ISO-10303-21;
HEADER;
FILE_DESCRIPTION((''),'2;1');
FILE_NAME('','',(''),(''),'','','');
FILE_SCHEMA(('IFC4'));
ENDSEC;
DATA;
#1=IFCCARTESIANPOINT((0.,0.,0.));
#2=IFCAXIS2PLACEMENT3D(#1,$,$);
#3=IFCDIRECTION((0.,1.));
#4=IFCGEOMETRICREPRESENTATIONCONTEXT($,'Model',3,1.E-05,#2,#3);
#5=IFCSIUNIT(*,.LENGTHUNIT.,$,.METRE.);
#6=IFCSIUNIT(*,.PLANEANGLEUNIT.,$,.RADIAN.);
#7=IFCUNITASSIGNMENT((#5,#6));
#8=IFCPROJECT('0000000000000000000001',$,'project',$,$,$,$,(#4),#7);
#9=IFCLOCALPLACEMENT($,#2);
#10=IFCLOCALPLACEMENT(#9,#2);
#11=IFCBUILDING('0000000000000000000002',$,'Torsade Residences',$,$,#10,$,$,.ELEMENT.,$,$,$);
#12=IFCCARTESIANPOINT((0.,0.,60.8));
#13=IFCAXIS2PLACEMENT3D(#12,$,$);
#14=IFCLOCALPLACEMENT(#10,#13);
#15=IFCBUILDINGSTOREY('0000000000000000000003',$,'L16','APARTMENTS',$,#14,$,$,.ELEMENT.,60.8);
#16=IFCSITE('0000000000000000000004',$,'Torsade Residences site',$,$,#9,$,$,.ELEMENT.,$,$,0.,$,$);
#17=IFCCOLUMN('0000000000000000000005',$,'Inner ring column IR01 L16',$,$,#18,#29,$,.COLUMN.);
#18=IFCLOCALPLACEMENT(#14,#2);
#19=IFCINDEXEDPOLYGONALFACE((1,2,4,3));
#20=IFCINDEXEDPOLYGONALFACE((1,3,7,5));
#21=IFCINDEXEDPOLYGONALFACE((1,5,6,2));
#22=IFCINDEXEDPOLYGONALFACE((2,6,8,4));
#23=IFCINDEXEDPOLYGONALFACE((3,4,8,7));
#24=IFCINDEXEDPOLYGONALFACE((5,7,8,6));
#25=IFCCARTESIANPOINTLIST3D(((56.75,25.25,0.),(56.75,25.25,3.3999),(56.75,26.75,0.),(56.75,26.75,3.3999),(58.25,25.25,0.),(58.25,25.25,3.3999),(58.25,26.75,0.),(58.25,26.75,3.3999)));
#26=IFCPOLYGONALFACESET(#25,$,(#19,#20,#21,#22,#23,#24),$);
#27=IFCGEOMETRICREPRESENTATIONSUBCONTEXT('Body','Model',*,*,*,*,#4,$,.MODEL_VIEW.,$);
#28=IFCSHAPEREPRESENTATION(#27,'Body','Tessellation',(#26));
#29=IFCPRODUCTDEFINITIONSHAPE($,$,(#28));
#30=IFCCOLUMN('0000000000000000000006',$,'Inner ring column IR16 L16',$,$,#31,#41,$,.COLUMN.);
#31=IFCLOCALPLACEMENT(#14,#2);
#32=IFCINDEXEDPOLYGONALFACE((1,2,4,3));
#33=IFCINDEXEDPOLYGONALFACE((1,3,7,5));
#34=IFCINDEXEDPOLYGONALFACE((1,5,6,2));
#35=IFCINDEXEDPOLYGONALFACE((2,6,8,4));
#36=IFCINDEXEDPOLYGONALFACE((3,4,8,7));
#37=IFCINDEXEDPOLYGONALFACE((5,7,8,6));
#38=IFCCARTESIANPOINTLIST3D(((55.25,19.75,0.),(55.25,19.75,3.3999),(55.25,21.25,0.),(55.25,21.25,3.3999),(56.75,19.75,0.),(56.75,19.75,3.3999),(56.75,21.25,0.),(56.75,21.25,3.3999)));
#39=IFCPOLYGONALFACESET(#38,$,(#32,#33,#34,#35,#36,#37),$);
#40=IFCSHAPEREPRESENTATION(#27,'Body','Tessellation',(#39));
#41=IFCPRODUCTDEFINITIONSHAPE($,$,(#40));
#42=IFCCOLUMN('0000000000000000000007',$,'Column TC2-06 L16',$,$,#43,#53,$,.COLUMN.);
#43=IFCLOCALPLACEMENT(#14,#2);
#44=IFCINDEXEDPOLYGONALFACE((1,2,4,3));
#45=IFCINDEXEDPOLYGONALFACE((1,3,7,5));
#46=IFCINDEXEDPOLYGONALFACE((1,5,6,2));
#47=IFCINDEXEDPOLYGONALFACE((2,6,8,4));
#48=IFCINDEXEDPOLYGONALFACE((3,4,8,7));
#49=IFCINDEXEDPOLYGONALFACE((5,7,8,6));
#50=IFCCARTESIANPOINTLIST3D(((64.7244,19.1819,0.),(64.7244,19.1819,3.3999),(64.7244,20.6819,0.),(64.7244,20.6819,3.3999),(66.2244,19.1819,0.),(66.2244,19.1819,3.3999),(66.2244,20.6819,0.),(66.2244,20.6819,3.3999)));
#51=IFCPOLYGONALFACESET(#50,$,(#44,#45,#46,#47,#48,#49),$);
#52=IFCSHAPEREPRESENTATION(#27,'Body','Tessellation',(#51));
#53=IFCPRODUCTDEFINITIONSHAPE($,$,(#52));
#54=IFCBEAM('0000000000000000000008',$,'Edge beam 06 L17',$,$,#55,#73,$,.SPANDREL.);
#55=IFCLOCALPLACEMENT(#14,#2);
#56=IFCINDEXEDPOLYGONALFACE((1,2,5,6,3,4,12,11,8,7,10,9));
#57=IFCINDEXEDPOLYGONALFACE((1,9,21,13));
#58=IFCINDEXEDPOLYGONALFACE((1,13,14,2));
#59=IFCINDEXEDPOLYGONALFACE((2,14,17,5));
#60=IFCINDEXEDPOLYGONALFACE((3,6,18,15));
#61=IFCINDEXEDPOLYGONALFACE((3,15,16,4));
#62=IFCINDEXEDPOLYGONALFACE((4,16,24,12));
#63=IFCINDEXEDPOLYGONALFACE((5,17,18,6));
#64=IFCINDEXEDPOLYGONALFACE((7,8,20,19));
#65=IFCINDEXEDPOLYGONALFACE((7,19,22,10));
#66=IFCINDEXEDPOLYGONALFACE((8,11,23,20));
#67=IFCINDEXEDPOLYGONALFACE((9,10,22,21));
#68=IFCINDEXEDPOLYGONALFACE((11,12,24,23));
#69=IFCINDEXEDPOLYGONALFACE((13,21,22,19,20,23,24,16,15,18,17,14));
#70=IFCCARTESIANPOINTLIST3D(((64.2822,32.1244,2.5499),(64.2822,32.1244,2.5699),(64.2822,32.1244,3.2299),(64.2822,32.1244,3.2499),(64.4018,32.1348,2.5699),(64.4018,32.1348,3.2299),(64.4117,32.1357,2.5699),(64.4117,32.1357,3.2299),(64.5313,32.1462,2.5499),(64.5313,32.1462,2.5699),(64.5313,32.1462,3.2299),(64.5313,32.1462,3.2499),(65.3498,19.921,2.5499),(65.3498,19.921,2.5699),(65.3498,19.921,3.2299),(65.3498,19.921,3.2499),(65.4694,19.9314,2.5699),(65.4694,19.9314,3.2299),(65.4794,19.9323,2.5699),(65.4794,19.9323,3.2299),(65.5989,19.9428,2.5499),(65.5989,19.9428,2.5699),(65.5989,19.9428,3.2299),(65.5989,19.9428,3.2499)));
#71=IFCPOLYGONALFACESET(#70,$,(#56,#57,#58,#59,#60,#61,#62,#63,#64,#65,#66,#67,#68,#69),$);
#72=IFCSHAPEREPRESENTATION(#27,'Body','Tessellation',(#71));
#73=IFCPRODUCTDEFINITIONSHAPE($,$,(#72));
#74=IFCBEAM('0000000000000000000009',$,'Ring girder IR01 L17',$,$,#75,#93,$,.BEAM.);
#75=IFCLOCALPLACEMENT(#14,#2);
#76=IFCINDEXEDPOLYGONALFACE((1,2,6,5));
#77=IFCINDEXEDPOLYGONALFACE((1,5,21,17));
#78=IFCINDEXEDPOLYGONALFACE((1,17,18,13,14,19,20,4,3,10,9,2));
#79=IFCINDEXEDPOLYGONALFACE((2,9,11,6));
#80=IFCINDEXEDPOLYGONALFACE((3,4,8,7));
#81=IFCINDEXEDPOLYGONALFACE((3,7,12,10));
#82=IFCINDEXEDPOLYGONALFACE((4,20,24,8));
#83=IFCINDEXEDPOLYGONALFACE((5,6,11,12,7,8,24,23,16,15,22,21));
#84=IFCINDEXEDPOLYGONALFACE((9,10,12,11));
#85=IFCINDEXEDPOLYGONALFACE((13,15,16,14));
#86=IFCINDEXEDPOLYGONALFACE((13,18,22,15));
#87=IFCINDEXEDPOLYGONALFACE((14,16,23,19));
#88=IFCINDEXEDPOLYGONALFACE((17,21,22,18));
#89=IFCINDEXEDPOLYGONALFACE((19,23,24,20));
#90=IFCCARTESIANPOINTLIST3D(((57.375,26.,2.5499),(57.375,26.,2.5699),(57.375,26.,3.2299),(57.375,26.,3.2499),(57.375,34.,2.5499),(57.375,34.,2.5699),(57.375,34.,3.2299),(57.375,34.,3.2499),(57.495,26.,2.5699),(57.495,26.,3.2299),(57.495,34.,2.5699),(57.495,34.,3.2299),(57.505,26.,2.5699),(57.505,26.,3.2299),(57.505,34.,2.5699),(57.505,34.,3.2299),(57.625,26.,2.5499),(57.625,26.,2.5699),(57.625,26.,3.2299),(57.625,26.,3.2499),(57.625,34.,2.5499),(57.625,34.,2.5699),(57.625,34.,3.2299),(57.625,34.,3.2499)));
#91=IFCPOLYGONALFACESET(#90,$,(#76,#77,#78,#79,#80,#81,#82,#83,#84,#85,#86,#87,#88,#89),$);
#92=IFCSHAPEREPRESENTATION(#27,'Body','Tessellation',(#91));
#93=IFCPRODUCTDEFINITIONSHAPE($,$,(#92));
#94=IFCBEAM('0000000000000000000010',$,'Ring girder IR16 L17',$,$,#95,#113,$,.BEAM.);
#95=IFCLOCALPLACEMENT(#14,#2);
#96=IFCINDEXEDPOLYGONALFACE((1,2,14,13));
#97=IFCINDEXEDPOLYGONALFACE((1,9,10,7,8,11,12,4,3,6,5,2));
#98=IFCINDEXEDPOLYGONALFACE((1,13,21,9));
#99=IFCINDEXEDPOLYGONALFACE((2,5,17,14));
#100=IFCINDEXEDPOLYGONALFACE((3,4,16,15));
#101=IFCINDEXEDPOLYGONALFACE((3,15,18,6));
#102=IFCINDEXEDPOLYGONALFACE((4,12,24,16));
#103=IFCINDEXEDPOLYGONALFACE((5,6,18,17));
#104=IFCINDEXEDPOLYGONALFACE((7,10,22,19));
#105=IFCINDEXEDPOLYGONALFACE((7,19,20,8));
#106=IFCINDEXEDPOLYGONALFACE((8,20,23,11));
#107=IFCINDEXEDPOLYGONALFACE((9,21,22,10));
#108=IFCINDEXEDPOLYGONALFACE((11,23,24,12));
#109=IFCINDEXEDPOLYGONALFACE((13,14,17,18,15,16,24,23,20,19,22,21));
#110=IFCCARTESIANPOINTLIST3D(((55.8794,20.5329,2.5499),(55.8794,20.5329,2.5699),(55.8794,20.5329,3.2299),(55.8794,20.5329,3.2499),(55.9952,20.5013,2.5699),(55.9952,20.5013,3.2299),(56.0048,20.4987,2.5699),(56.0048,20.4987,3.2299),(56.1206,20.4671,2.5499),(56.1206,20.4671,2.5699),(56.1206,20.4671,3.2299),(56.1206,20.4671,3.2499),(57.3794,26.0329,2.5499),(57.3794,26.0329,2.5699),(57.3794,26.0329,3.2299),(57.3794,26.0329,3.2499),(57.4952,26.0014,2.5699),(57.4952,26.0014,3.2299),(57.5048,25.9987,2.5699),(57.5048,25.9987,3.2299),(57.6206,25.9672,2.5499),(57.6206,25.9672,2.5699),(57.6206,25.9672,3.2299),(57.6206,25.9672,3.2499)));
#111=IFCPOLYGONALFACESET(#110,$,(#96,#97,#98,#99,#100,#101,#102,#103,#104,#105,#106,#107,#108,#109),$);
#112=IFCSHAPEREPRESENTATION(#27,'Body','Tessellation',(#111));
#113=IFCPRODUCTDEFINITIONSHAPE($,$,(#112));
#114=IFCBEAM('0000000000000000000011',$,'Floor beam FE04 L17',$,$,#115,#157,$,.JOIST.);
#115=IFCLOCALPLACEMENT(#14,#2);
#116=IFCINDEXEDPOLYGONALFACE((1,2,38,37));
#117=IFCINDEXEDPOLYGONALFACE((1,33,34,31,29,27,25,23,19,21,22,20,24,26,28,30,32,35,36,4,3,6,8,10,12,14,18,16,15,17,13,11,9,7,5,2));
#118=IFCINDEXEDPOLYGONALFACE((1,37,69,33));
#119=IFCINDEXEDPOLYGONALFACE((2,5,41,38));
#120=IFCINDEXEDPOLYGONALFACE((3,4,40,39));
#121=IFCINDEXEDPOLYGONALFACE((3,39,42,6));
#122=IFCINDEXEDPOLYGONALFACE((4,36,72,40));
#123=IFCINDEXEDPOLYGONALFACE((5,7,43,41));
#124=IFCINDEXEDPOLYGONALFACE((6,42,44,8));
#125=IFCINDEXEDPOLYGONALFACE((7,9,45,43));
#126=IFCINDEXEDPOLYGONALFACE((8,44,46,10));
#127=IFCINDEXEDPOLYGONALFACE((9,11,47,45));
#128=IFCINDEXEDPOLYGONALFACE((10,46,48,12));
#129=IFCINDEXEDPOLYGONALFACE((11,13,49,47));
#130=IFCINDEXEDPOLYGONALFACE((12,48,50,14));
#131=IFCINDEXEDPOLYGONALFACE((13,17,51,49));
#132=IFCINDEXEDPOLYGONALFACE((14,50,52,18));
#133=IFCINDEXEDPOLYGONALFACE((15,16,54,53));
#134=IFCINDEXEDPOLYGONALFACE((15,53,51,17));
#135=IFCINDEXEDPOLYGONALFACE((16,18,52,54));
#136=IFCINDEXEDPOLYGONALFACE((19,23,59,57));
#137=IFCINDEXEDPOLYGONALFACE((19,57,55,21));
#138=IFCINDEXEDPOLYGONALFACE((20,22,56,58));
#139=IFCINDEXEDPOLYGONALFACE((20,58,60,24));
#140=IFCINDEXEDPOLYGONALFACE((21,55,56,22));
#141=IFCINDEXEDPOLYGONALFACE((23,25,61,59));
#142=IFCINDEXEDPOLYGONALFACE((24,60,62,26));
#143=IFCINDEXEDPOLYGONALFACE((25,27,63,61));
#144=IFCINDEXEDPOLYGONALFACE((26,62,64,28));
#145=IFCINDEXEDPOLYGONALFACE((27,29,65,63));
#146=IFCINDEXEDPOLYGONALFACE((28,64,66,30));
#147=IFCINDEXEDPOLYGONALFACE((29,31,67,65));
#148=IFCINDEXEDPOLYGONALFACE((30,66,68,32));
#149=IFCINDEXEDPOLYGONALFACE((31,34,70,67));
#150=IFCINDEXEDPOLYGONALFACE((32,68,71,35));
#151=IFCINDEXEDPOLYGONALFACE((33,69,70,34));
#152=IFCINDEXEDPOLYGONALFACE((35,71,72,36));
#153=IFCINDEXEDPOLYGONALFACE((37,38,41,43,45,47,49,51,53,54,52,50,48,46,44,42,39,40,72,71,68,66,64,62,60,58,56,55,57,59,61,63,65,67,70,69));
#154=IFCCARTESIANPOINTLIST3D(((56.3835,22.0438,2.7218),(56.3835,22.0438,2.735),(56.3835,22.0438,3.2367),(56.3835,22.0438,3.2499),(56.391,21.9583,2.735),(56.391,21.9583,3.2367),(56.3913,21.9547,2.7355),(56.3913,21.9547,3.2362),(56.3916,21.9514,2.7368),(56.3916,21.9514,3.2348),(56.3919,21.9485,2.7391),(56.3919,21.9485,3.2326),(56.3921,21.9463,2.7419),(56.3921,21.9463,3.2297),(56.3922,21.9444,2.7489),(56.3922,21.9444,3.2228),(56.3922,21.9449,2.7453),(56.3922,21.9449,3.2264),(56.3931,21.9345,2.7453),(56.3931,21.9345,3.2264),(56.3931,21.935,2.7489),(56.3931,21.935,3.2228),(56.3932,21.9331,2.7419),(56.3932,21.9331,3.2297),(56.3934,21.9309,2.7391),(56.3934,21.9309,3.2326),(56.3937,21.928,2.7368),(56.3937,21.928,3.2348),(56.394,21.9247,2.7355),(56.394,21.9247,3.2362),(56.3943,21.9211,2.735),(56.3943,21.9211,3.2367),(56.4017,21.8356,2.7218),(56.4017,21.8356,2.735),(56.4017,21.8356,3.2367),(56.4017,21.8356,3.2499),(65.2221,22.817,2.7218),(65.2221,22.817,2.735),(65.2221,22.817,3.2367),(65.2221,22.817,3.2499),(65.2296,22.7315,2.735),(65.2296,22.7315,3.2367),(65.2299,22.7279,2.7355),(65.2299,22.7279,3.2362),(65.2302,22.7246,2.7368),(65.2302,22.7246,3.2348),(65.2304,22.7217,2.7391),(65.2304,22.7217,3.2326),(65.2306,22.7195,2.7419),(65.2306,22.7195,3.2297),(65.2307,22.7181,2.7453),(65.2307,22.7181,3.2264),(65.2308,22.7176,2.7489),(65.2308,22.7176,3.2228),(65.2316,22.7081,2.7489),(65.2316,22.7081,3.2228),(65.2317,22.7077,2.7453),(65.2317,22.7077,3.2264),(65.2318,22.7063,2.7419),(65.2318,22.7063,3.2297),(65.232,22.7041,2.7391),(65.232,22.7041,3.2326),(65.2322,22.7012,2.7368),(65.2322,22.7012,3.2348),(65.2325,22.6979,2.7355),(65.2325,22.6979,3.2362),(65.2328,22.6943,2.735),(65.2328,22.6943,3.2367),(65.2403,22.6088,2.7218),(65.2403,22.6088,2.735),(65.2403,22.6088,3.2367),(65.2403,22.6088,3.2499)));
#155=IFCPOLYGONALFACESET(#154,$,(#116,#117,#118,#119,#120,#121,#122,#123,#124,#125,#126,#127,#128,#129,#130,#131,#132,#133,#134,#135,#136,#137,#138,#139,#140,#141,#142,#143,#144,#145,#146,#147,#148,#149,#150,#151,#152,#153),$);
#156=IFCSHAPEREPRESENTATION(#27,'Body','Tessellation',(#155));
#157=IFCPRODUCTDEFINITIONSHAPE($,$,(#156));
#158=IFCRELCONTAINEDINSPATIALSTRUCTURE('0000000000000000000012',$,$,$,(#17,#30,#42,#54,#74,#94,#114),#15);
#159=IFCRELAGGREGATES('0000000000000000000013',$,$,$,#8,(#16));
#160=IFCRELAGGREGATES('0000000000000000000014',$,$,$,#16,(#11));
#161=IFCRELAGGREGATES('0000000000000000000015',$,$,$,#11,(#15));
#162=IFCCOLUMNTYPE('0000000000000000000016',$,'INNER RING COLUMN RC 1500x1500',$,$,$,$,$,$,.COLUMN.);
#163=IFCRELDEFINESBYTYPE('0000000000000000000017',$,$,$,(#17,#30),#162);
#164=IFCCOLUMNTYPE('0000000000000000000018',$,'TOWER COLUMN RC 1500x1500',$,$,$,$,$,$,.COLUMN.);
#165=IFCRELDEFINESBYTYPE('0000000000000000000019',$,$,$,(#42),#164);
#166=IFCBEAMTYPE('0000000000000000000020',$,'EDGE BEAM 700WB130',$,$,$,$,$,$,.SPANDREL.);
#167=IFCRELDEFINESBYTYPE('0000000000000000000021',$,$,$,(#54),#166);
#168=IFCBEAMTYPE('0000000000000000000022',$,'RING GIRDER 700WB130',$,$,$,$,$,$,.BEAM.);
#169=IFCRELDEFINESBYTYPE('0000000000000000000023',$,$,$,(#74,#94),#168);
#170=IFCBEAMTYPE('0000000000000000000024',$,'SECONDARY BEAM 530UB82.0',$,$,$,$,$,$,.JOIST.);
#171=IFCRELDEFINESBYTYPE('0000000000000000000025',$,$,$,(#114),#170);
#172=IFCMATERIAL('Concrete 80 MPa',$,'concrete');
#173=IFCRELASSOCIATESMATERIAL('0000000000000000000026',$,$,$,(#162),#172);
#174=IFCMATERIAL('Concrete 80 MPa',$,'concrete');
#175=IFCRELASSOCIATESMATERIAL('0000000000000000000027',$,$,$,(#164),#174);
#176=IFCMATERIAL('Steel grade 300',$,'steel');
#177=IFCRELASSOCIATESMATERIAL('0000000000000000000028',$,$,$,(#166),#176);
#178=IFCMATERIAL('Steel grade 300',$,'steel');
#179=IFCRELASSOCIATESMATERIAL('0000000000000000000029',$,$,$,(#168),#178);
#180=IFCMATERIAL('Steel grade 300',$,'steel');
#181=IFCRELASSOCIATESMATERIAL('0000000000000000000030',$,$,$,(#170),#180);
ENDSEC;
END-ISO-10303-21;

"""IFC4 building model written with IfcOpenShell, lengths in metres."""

from ifc_helpers import new_model, si_unit, direction, frame, origin, origin_2d, place, context, subcontext, project, spatial, rectangle, i_section, extrude, material, material_profile, profile_set, type_object, element, save


model = new_model("IFC4")

# Units and contexts
model_context = context("Model", 3, precision=1e-05, world=origin(), true_north=direction((0.0, 1.0)))
body_context = subcontext(model_context, "Body", "Model", "MODEL_VIEW")
ifc_project = project(units=[si_unit("LENGTHUNIT", "METRE"), si_unit("PLANEANGLEUNIT", "RADIAN")], contexts=[model_context])

# Site, building, storey
site_placement = place(None, origin())
site = spatial("IfcSite", under=ifc_project, at=site_placement, Name="Torsade Residences site", CompositionType="ELEMENT", RefElevation=0.0)
building_placement = place(site_placement, origin())
building = spatial("IfcBuilding", under=site, at=building_placement, Name="Torsade Residences", CompositionType="ELEMENT")
storey_placement = place(building_placement, frame((0.0, 0.0, 60.8)))
storey = spatial("IfcBuildingStorey", under=building, at=storey_placement, Name="L16", Description="APARTMENTS", CompositionType="ELEMENT", Elevation=60.8)

# Columns
ifc_material_1 = material(Name="Concrete 80 MPa", Category="concrete")
ifc_material_profile_1 = material_profile(ifc_material_1, rectangle(XDim=1.5, YDim=1.5, at=origin_2d()), Name="RC 1500x1500")
ifc_profile_set_1 = profile_set([ifc_material_profile_1], Name="Concrete 80 MPa")
column_type_1 = type_object("IfcColumnType", Name="INNER RING COLUMN RC 1500x1500", PredefinedType="COLUMN", material=ifc_profile_set_1)
for number, where, z_axis, x_axis, name in (
    (1, (57.5, 26.0, 0.0), (0.0, 0.0, 1.0), (1.0, 0.0, 0.0), "Inner ring column IR01 L16"),
    (2, (56.0, 20.5, 0.0), (0.0, 0.0, 1.0), (1.0, 0.0, 0.0), "Inner ring column IR16 L16"),
):
    element("IfcColumn", number, at=place(storey_placement, frame(where, z_axis=z_axis, x_axis=x_axis)), inside=storey, type_object=column_type_1, Name=name, PredefinedType="COLUMN", context=body_context, shape_type="SweptSolid", body=[
        extrude(rectangle(XDim=1.5, YDim=1.5, at=origin_2d()), origin(), (0.0, 0.0, 1.0), 3.3999),
    ])
ifc_material_2 = material(Name="Concrete 80 MPa", Category="concrete")
ifc_material_profile_2 = material_profile(ifc_material_2, rectangle(XDim=1.5, YDim=1.5, at=origin_2d()), Name="RC 1500x1500")
ifc_profile_set_2 = profile_set([ifc_material_profile_2], Name="Concrete 80 MPa")
column_type_2 = type_object("IfcColumnType", Name="TOWER COLUMN RC 1500x1500", PredefinedType="COLUMN", material=ifc_profile_set_2)
column_placement = place(storey_placement, frame((65.4744, 19.9319, 0.0), z_axis=(0.0, 0.0, 1.0), x_axis=(1.0, 0.0, 0.0)))
element("IfcColumn", 3, at=column_placement, inside=storey, type_object=column_type_2, Name="Column TC2-06 L16", PredefinedType="COLUMN", context=body_context, shape_type="SweptSolid", body=[
    extrude(rectangle(XDim=1.5, YDim=1.5, at=origin_2d()), origin(), (0.0, 0.0, 1.0), 3.3999),
])

# Beams
ifc_material_3 = material(Name="Steel grade 300", Category="steel")
ifc_material_profile_3 = material_profile(ifc_material_3, i_section(OverallWidth=0.25, OverallDepth=0.7, WebThickness=0.01, FlangeThickness=0.02, at=origin_2d()), Name="700WB130")
ifc_profile_set_3 = profile_set([ifc_material_profile_3], Name="Steel grade 300")
beam_type_1 = type_object("IfcBeamType", Name="EDGE BEAM 700WB130", PredefinedType="SPANDREL", material=ifc_profile_set_3)
beam_1_placement = place(storey_placement, frame((65.4744, 19.9319, 2.8999), z_axis=(-0.087153, 0.996195, 0.0), x_axis=(-0.996195, -0.087153, 0.0)))
element("IfcBeam", 4, at=beam_1_placement, inside=storey, type_object=beam_type_1, Name="Edge beam 06 L17", PredefinedType="SPANDREL", context=body_context, shape_type="SweptSolid", body=[
    extrude(i_section(OverallWidth=0.25, OverallDepth=0.7, WebThickness=0.01, FlangeThickness=0.02, at=origin_2d()), origin(), (0.0, 0.0, 1.0), 12.25),
])
ifc_material_4 = material(Name="Steel grade 300", Category="steel")
ifc_material_profile_4 = material_profile(ifc_material_4, i_section(OverallWidth=0.25, OverallDepth=0.7, WebThickness=0.01, FlangeThickness=0.02, at=origin_2d()), Name="700WB130")
ifc_profile_set_4 = profile_set([ifc_material_profile_4], Name="Steel grade 300")
beam_type_2 = type_object("IfcBeamType", Name="RING GIRDER 700WB130", PredefinedType="BEAM", material=ifc_profile_set_4)
beam_2_placement = place(storey_placement, frame((57.5, 26.0, 2.8999), z_axis=(0.0, 1.0, 0.0), x_axis=(-1.0, 0.0, 0.0)))
element("IfcBeam", 5, at=beam_2_placement, inside=storey, type_object=beam_type_2, Name="Ring girder IR01 L17", PredefinedType="BEAM", context=body_context, shape_type="SweptSolid", body=[
    extrude(i_section(OverallWidth=0.25, OverallDepth=0.7, WebThickness=0.01, FlangeThickness=0.02, at=origin_2d()), origin(), (0.0, 0.0, 1.0), 8.0),
])
beam_3_placement = place(storey_placement, frame((56.0, 20.5, 2.8999), z_axis=(0.263117, 0.964764, 0.0), x_axis=(-0.964764, 0.263117, 0.0)))
element("IfcBeam", 6, at=beam_3_placement, inside=storey, type_object=beam_type_2, Name="Ring girder IR16 L17", PredefinedType="BEAM", context=body_context, shape_type="SweptSolid", body=[
    extrude(i_section(OverallWidth=0.25, OverallDepth=0.7, WebThickness=0.01, FlangeThickness=0.02, at=origin_2d()), origin(), (0.0, 0.0, 1.0), 5.7009),
])
ifc_material_5 = material(Name="Steel grade 300", Category="steel")
ifc_material_profile_5 = material_profile(ifc_material_5, i_section(OverallWidth=0.209, OverallDepth=0.5281, WebThickness=0.0095, FlangeThickness=0.0132, FilletRadius=0.0139, at=origin_2d()), Name="530UB82.0")
ifc_profile_set_5 = profile_set([ifc_material_profile_5], Name="Steel grade 300")
beam_type_3 = type_object("IfcBeamType", Name="SECONDARY BEAM 530UB82.0", PredefinedType="JOIST", material=ifc_profile_set_5)
beam_4_placement = place(storey_placement, frame((65.2312, 22.7129, 2.9858), z_axis=(-0.996196, -0.087146, 0.0), x_axis=(0.087146, -0.996196, 0.0)))
element("IfcBeam", 7, at=beam_4_placement, inside=storey, type_object=beam_type_3, Name="Floor beam FE04 L17", PredefinedType="JOIST", context=body_context, shape_type="SweptSolid", body=[
    extrude(i_section(OverallWidth=0.209, OverallDepth=0.5281, WebThickness=0.0095, FlangeThickness=0.0132, FilletRadius=0.0139, at=origin_2d()), origin(), (0.0, 0.0, 1.0), 8.8723),
])

save(model, "model.ifc")
